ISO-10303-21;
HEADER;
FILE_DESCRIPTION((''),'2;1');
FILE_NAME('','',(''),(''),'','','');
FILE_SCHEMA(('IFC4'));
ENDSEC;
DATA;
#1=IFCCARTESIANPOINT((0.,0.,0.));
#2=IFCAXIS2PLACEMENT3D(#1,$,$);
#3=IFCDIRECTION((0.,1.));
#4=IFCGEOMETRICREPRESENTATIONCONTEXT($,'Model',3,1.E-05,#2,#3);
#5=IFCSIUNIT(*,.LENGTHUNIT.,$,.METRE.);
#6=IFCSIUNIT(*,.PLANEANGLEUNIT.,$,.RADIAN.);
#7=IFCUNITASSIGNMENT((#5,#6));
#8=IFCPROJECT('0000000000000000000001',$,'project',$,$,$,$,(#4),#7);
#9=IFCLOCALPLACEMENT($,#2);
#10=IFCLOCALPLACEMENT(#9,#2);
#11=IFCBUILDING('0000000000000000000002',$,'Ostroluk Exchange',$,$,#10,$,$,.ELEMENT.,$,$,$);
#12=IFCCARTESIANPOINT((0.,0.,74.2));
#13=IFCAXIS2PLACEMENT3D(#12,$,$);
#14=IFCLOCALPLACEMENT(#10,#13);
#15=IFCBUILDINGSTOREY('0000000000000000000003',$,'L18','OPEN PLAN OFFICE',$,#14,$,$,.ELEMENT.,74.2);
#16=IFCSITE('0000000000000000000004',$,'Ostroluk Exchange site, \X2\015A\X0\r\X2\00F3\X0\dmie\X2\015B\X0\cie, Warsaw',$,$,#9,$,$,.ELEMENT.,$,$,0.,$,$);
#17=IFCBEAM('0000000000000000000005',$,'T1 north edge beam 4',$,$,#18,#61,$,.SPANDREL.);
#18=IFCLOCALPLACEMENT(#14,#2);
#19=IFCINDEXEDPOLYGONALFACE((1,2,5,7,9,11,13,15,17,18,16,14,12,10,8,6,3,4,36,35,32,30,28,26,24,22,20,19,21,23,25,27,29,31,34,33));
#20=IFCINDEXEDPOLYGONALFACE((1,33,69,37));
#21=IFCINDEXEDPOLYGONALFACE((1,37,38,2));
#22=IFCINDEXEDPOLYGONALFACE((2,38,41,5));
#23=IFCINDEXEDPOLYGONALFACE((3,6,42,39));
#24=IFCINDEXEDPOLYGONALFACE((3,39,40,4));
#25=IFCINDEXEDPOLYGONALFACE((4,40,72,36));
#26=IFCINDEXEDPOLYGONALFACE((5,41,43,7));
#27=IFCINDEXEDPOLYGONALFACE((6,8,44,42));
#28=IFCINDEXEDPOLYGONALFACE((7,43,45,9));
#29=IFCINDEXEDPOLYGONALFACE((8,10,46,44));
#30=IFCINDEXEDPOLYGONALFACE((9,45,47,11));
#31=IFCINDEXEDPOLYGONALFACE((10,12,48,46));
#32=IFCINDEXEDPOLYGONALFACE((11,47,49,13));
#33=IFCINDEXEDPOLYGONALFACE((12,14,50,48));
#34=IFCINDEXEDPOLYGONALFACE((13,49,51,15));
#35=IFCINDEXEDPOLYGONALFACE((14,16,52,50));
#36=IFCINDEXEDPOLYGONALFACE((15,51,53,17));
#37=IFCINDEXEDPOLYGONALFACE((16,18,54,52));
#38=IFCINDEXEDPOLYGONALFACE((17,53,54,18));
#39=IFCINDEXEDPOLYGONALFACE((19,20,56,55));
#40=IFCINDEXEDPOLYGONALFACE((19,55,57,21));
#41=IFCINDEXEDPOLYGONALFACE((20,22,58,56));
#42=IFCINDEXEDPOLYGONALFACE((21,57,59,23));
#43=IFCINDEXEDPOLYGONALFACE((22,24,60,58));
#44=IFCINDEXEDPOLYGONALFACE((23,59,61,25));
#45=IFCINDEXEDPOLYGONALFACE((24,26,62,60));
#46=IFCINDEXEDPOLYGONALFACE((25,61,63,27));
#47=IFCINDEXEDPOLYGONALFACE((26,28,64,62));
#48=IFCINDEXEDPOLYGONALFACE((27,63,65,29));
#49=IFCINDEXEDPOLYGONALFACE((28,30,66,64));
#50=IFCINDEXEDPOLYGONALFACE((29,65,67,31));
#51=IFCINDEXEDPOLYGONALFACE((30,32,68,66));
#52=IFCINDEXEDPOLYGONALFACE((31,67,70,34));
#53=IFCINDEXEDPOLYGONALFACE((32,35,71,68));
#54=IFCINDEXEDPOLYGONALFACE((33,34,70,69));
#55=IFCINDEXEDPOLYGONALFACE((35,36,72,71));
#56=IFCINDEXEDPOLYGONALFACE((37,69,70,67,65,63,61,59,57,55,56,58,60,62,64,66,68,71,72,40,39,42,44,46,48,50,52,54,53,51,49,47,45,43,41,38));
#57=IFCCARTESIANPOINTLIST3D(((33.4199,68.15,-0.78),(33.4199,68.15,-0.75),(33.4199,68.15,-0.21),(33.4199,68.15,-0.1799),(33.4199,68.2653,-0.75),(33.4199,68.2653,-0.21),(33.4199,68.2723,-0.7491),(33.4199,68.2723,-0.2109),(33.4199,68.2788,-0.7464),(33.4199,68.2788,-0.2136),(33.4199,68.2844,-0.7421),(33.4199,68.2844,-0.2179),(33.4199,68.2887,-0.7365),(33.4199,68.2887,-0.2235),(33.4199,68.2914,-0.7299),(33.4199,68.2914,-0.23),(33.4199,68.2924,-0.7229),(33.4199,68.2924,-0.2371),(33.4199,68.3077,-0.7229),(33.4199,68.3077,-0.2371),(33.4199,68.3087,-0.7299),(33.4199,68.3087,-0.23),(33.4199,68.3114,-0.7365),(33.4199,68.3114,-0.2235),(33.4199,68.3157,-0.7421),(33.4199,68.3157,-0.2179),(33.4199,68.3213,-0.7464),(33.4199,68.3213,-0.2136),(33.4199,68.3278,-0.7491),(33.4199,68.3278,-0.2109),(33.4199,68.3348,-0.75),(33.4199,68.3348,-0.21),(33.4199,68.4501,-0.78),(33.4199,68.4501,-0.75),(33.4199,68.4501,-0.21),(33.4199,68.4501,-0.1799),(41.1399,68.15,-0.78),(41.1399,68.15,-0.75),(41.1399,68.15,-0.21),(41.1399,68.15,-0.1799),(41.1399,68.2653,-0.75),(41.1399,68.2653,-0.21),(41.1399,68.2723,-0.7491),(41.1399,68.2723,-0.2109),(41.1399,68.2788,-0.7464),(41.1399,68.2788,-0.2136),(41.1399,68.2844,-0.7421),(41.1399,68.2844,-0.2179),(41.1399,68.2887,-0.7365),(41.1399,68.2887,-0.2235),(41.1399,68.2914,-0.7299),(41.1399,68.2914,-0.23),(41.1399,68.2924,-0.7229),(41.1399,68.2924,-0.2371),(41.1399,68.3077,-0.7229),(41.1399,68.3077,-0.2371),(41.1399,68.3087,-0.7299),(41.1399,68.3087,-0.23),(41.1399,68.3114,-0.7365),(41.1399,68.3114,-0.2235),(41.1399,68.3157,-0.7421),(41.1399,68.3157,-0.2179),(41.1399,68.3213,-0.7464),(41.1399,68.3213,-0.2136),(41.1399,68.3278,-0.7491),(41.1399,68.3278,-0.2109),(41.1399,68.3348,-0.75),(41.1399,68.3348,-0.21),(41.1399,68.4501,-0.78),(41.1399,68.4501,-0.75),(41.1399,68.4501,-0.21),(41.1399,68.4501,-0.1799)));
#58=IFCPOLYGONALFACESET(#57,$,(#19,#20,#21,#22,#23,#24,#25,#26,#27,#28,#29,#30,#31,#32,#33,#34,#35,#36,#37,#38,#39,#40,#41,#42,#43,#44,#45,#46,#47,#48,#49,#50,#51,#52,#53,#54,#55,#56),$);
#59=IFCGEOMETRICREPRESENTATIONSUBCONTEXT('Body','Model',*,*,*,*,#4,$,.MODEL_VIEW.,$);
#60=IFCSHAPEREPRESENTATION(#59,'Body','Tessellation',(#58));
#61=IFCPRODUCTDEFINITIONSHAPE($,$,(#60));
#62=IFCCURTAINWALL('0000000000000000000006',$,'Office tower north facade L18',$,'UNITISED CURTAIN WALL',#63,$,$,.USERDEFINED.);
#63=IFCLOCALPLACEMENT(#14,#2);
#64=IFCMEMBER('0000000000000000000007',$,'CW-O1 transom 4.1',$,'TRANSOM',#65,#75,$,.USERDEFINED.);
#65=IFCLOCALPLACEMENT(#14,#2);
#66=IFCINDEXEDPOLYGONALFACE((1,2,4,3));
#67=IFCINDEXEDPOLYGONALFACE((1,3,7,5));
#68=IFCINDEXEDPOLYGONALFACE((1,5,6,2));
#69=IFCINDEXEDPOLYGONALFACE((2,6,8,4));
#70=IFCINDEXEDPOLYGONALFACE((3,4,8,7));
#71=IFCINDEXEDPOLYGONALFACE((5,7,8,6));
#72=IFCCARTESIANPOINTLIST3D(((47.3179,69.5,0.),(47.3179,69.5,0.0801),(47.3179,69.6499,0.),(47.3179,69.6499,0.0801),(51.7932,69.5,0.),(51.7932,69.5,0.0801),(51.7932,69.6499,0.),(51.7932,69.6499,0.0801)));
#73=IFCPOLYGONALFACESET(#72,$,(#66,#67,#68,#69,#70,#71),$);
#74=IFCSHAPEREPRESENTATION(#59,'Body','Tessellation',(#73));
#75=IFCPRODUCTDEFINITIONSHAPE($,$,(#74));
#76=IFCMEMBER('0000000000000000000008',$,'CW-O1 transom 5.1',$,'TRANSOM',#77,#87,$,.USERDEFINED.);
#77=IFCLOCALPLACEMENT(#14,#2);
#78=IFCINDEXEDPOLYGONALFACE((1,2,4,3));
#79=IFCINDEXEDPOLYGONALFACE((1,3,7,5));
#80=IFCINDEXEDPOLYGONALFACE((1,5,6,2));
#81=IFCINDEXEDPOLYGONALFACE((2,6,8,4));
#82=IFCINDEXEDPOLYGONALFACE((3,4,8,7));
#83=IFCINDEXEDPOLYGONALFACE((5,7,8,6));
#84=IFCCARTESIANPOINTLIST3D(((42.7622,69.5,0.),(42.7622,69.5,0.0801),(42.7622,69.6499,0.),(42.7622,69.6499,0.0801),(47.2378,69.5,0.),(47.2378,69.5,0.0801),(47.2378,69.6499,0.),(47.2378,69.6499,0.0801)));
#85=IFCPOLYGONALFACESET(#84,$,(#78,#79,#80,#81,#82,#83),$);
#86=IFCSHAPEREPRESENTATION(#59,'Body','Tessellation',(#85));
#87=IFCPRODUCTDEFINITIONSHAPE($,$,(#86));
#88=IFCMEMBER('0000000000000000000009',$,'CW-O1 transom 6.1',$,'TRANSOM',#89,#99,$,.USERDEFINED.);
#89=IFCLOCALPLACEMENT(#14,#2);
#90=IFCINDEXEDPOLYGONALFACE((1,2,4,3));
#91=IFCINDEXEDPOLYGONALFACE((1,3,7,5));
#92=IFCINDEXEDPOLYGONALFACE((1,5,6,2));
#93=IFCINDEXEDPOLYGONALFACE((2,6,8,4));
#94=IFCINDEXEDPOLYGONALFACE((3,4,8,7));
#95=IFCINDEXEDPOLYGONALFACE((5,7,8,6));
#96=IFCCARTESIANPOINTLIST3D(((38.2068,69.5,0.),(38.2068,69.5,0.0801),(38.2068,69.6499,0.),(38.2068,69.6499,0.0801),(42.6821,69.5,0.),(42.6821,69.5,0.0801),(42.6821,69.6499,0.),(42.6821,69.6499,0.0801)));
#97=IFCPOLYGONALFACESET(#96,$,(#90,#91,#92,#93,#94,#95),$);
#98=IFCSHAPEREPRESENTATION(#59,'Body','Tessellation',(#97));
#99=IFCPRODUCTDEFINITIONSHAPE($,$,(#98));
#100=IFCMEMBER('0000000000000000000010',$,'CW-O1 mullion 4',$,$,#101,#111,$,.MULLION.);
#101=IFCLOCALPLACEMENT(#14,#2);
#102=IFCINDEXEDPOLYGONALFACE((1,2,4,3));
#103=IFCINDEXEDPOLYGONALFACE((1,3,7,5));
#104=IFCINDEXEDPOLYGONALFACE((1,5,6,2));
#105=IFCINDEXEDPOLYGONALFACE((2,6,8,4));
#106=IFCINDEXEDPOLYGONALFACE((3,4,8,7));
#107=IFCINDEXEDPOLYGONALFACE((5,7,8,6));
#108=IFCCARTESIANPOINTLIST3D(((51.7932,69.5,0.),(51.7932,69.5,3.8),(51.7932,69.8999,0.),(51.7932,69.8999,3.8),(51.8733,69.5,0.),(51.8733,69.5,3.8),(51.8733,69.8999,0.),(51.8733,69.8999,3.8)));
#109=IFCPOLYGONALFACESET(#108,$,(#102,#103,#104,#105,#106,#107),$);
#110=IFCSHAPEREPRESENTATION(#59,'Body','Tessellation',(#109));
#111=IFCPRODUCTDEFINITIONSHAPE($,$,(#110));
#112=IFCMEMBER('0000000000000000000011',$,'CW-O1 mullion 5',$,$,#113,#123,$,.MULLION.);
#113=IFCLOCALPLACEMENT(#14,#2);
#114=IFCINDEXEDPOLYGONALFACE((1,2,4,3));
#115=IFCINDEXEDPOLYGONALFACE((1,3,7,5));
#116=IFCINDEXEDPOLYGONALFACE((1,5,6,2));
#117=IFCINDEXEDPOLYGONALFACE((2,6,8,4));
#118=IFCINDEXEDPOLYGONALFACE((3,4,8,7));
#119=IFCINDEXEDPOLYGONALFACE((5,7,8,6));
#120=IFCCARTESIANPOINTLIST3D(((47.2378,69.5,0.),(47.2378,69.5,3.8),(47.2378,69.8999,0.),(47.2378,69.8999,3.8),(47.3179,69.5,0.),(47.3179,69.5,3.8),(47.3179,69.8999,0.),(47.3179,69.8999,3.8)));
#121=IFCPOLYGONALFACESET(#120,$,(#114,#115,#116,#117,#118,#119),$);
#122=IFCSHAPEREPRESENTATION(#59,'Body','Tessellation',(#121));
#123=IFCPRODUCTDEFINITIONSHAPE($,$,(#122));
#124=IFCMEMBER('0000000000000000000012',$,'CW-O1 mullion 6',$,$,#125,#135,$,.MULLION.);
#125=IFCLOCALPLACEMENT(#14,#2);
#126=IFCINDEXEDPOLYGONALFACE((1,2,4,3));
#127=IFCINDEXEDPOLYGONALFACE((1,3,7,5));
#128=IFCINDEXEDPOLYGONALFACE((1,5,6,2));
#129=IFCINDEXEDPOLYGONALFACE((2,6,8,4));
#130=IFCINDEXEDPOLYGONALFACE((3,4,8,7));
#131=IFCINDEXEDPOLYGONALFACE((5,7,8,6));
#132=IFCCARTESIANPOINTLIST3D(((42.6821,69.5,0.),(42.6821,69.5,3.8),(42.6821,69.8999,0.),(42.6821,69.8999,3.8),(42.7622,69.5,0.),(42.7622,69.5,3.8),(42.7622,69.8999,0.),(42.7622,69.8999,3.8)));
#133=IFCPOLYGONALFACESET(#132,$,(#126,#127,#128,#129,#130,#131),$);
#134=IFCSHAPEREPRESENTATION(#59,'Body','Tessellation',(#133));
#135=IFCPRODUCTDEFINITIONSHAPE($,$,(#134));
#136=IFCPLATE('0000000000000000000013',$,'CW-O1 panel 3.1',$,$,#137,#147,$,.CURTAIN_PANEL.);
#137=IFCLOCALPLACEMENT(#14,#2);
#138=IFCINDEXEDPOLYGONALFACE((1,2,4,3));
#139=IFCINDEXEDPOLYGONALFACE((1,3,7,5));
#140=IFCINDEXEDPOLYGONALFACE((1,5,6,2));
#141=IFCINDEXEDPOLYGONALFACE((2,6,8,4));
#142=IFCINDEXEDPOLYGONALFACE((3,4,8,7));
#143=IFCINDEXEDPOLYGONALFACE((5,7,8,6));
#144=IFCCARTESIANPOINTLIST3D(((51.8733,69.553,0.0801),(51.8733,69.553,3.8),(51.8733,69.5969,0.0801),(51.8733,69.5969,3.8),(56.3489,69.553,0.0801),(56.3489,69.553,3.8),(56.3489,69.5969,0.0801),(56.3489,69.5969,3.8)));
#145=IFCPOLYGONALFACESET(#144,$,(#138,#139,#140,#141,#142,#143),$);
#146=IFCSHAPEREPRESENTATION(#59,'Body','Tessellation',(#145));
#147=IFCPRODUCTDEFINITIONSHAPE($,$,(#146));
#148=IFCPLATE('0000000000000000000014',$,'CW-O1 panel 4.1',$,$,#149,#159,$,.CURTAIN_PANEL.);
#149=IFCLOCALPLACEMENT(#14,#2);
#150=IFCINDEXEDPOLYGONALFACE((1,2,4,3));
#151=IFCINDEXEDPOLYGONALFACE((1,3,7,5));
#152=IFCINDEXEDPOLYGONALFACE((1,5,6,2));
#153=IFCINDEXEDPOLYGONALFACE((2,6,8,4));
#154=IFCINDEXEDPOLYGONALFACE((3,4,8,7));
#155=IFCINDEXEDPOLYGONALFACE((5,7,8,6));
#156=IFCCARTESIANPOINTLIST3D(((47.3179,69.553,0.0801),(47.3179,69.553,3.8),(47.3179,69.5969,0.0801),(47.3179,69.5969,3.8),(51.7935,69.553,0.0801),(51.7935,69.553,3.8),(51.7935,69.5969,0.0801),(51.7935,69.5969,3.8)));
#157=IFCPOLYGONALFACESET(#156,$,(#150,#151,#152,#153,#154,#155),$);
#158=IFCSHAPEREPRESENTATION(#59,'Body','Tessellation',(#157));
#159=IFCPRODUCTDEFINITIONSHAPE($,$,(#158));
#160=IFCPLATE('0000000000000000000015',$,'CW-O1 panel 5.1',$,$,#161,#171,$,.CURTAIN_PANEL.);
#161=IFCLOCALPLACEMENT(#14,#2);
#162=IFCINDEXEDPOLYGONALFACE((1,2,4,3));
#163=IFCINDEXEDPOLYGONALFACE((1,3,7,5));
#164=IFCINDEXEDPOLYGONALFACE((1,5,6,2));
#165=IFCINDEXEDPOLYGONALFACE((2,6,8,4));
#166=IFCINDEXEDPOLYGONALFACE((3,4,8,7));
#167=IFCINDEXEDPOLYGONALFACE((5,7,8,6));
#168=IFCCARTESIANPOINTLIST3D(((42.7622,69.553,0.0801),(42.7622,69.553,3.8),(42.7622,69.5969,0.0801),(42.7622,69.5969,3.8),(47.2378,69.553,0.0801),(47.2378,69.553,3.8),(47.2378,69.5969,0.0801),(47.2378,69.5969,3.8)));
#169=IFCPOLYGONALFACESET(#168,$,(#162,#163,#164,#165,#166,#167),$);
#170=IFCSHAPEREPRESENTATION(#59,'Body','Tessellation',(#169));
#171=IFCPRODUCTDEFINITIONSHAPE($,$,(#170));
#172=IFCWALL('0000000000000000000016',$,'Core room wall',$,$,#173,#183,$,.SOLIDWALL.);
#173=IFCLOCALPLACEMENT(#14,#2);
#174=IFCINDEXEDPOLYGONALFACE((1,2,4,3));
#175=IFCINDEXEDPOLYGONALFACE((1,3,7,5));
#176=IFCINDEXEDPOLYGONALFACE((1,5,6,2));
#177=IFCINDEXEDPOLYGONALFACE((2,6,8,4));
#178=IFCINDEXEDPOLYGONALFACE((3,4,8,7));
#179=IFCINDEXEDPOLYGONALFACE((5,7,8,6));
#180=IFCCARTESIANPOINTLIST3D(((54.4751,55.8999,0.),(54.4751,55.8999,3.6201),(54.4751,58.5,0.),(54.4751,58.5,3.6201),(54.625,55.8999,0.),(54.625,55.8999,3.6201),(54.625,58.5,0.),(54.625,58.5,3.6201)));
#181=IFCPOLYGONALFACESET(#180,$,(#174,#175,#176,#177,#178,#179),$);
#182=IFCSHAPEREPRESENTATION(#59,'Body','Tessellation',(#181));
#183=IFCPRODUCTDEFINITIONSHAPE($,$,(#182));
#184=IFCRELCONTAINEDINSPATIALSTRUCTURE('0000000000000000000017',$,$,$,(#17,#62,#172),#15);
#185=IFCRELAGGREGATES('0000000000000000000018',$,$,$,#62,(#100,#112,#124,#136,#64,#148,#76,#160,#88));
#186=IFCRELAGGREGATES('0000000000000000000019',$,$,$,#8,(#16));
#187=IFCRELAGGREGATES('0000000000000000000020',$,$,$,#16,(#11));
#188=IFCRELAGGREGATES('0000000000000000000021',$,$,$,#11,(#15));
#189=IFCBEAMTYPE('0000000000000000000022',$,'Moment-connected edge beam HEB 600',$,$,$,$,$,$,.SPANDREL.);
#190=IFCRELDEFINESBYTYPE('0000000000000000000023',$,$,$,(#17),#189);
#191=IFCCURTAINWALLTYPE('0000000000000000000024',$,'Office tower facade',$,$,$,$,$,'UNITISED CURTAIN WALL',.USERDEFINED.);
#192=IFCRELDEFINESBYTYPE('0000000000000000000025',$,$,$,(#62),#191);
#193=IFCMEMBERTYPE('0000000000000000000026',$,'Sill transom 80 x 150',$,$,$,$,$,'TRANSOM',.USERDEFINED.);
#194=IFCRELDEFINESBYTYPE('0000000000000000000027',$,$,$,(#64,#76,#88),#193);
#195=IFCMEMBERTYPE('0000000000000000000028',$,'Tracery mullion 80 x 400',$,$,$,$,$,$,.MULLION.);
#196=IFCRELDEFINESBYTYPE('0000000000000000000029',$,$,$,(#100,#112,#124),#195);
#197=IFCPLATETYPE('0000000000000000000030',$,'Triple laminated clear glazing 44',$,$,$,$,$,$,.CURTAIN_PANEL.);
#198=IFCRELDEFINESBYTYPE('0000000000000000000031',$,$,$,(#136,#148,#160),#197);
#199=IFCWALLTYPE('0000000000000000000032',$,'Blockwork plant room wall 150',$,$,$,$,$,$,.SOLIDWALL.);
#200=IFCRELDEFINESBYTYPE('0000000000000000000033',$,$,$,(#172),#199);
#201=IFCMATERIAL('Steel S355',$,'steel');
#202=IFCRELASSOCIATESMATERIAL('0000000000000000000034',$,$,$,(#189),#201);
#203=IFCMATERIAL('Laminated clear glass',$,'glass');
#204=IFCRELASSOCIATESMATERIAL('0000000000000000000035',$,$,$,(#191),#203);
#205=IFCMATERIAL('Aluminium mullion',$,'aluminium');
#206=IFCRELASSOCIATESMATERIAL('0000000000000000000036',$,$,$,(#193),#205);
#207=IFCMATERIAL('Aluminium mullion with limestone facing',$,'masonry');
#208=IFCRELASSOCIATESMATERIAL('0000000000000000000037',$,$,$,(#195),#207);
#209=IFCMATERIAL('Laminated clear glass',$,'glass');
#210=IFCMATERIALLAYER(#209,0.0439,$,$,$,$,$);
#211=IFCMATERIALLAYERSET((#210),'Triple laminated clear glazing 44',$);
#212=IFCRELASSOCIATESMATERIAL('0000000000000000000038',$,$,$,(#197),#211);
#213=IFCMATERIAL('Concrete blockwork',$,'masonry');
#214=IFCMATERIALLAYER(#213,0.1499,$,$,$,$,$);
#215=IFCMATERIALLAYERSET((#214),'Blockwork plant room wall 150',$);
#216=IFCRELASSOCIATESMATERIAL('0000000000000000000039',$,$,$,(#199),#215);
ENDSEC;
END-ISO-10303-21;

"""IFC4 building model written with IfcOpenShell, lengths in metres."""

from ifc_helpers import new_model, si_unit, direction, frame, frame_2d, origin, origin_2d, place, context, subcontext, project, spatial, rectangle, i_section, extrude, material, layer, layer_set, material_profile, profile_set, type_object, element, aggregate, save


model = new_model("IFC4")

# Units and contexts
model_context = context("Model", 3, precision=1e-05, world=origin(), true_north=direction((0.0, 1.0)))
body_context = subcontext(model_context, "Body", "Model", "MODEL_VIEW")
ifc_project = project(units=[si_unit("LENGTHUNIT", "METRE"), si_unit("PLANEANGLEUNIT", "RADIAN")], contexts=[model_context])

# Site, building, storey
site_placement = place(None, origin())
site = spatial("IfcSite", under=ifc_project, at=site_placement, Name="Ostroluk Exchange site, Śródmieście, Warsaw", CompositionType="ELEMENT", RefElevation=0.0)
building_placement = place(site_placement, origin())
building = spatial("IfcBuilding", under=site, at=building_placement, Name="Ostroluk Exchange", CompositionType="ELEMENT")
storey_placement = place(building_placement, frame((0.0, 0.0, 74.2)))
storey = spatial("IfcBuildingStorey", under=building, at=storey_placement, Name="L18", Description="OPEN PLAN OFFICE", CompositionType="ELEMENT", Elevation=74.2)

# Beam
ifc_material_1 = material(Name="Steel S355", Category="steel")
ifc_material_profile_1 = material_profile(ifc_material_1, i_section(OverallWidth=0.3, OverallDepth=0.6001, WebThickness=0.0154, FlangeThickness=0.03, FilletRadius=0.0271, at=origin_2d()), Name="HEB 600")
ifc_profile_set_1 = profile_set([ifc_material_profile_1], Name="Steel S355")
beam_type_1 = type_object("IfcBeamType", Name="Moment-connected edge beam HEB 600", PredefinedType="SPANDREL", material=ifc_profile_set_1)
beam_1_placement = place(storey_placement, frame((41.1399, 68.3, -0.48), z_axis=(-1.0, 0.0, 0.0), x_axis=(0.0, -1.0, 0.0)))
element("IfcBeam", 1, at=beam_1_placement, inside=storey, type_object=beam_type_1, Name="T1 north edge beam 4", PredefinedType="SPANDREL", context=body_context, shape_type="SweptSolid", body=[
    extrude(i_section(OverallWidth=0.3, OverallDepth=0.6001, WebThickness=0.0154, FlangeThickness=0.03, FilletRadius=0.0271, at=origin_2d()), origin(), (0.0, 0.0, 1.0), 7.72),
])

# Curtain wall, members, plates
ifc_material_2 = material(Name="Laminated clear glass", Category="glass")
curtain_wall_type = type_object("IfcCurtainWallType", Name="Office tower facade", ElementType="UNITISED CURTAIN WALL", PredefinedType="USERDEFINED", material=ifc_material_2)
curtain_wall_placement = place(storey_placement, origin())
curtain_wall = element("IfcCurtainWall", 2, at=curtain_wall_placement, inside=storey, type_object=curtain_wall_type, Name="Office tower north facade L18", ObjectType="UNITISED CURTAIN WALL", PredefinedType="USERDEFINED")
ifc_material_3 = material(Name="Aluminium mullion", Category="aluminium")
ifc_material_profile_2 = material_profile(ifc_material_3, rectangle(XDim=0.1499, YDim=0.0801, at=origin_2d()), Name="Sill transom 80 x 150")
ifc_profile_set_2 = profile_set([ifc_material_profile_2], Name="Aluminium mullion")
member_type_1 = type_object("IfcMemberType", Name="Sill transom 80 x 150", ElementType="TRANSOM", PredefinedType="USERDEFINED", material=ifc_profile_set_2)
member_1_placement = place(storey_placement, frame((51.7932, 69.575, 0.04), z_axis=(-1.0, 0.0, 0.0), x_axis=(0.0, -1.0, 0.0)))
member_1 = element("IfcMember", 3, at=member_1_placement, type_object=member_type_1, Name="CW-O1 transom 4.1", ObjectType="TRANSOM", PredefinedType="USERDEFINED", context=body_context, shape_type="SweptSolid", body=[
    extrude(rectangle(XDim=0.1499, YDim=0.0801, at=origin_2d()), origin(), (0.0, 0.0, 1.0), 4.4753),
])
member_2_placement = place(storey_placement, frame((47.2378, 69.575, 0.04), z_axis=(-1.0, 0.0, 0.0), x_axis=(0.0, -1.0, 0.0)))
member_2 = element("IfcMember", 4, at=member_2_placement, type_object=member_type_1, Name="CW-O1 transom 5.1", ObjectType="TRANSOM", PredefinedType="USERDEFINED", context=body_context, shape_type="SweptSolid", body=[
    extrude(rectangle(XDim=0.1499, YDim=0.0801, at=origin_2d()), origin(), (0.0, 0.0, 1.0), 4.4756),
])
member_3_placement = place(storey_placement, frame((42.6821, 69.575, 0.04), z_axis=(-1.0, 0.0, 0.0), x_axis=(0.0, -1.0, 0.0)))
member_3 = element("IfcMember", 5, at=member_3_placement, type_object=member_type_1, Name="CW-O1 transom 6.1", ObjectType="TRANSOM", PredefinedType="USERDEFINED", context=body_context, shape_type="SweptSolid", body=[
    extrude(rectangle(XDim=0.1499, YDim=0.0801, at=origin_2d()), origin(), (0.0, 0.0, 1.0), 4.4753),
])
ifc_material_4 = material(Name="Aluminium mullion with limestone facing", Category="masonry")
ifc_material_profile_3 = material_profile(ifc_material_4, rectangle(XDim=0.3999, YDim=0.0801, at=origin_2d()), Name="Tracery mullion 80 x 400")
ifc_profile_set_3 = profile_set([ifc_material_profile_3], Name="Aluminium mullion with limestone facing")
member_type_2 = type_object("IfcMemberType", Name="Tracery mullion 80 x 400", PredefinedType="MULLION", material=ifc_profile_set_3)
member_4_placement = place(storey_placement, frame((51.8333, 69.7, 0.0), z_axis=(0.0, 0.0, 1.0), x_axis=(0.0, -1.0, 0.0)))
member_4 = element("IfcMember", 6, at=member_4_placement, type_object=member_type_2, Name="CW-O1 mullion 4", PredefinedType="MULLION", context=body_context, shape_type="SweptSolid", body=[
    extrude(rectangle(XDim=0.3999, YDim=0.0801, at=origin_2d()), origin(), (0.0, 0.0, 1.0), 3.8),
])
member_5_placement = place(storey_placement, frame((47.2778, 69.7, 0.0), z_axis=(0.0, 0.0, 1.0), x_axis=(0.0, -1.0, 0.0)))
member_5 = element("IfcMember", 7, at=member_5_placement, type_object=member_type_2, Name="CW-O1 mullion 5", PredefinedType="MULLION", context=body_context, shape_type="SweptSolid", body=[
    extrude(rectangle(XDim=0.3999, YDim=0.0801, at=origin_2d()), origin(), (0.0, 0.0, 1.0), 3.8),
])
member_6_placement = place(storey_placement, frame((42.7222, 69.7, 0.0), z_axis=(0.0, 0.0, 1.0), x_axis=(0.0, -1.0, 0.0)))
member_6 = element("IfcMember", 8, at=member_6_placement, type_object=member_type_2, Name="CW-O1 mullion 6", PredefinedType="MULLION", context=body_context, shape_type="SweptSolid", body=[
    extrude(rectangle(XDim=0.3999, YDim=0.0801, at=origin_2d()), origin(), (0.0, 0.0, 1.0), 3.8),
])
ifc_material_5 = material(Name="Laminated clear glass", Category="glass")
ifc_layer_1 = layer(ifc_material_5, 0.0439)
ifc_layer_set_1 = layer_set([ifc_layer_1], Name="Triple laminated clear glazing 44")
plate_type = type_object("IfcPlateType", Name="Triple laminated clear glazing 44", PredefinedType="CURTAIN_PANEL", material=ifc_layer_set_1)
plate_1_placement = place(storey_placement, frame((54.1111, 69.575, 0.0801), z_axis=(0.0, 0.0, 1.0), x_axis=(-1.0, 0.0, 0.0)))
plate_1 = element("IfcPlate", 9, at=plate_1_placement, type_object=plate_type, Name="CW-O1 panel 3.1", PredefinedType="CURTAIN_PANEL", context=body_context, shape_type="SweptSolid", body=[
    extrude(rectangle(XDim=4.4756, YDim=0.0439, at=origin_2d()), origin(), (0.0, 0.0, 1.0), 3.72),
])
plate_2_placement = place(storey_placement, frame((49.5557, 69.575, 0.0801), z_axis=(0.0, 0.0, 1.0), x_axis=(-1.0, 0.0, 0.0)))
plate_2 = element("IfcPlate", 10, at=plate_2_placement, type_object=plate_type, Name="CW-O1 panel 4.1", PredefinedType="CURTAIN_PANEL", context=body_context, shape_type="SweptSolid", body=[
    extrude(rectangle(XDim=4.4756, YDim=0.0439, at=origin_2d()), origin(), (0.0, 0.0, 1.0), 3.72),
])
plate_3_placement = place(storey_placement, frame((45.0, 69.575, 0.0801), z_axis=(0.0, 0.0, 1.0), x_axis=(-1.0, 0.0, 0.0)))
plate_3 = element("IfcPlate", 11, at=plate_3_placement, type_object=plate_type, Name="CW-O1 panel 5.1", PredefinedType="CURTAIN_PANEL", context=body_context, shape_type="SweptSolid", body=[
    extrude(rectangle(XDim=4.4756, YDim=0.0439, at=origin_2d()), origin(), (0.0, 0.0, 1.0), 3.72),
])
aggregate(curtain_wall, [member_4, member_5, member_6, plate_1, member_1, plate_2, member_2, plate_3, member_3])

# Wall
ifc_material_6 = material(Name="Concrete blockwork", Category="masonry")
ifc_layer_2 = layer(ifc_material_6, 0.1499)
ifc_layer_set_2 = layer_set([ifc_layer_2], Name="Blockwork plant room wall 150")
wall_type_1 = type_object("IfcWallType", Name="Blockwork plant room wall 150", PredefinedType="SOLIDWALL", material=ifc_layer_set_2)
wall_placement = place(storey_placement, frame((54.55, 55.8999, 0.0), z_axis=(0.0, 0.0, 1.0), x_axis=(0.0, 1.0, 0.0)))
element("IfcWall", 12, at=wall_placement, inside=storey, type_object=wall_type_1, Name="Core room wall", PredefinedType="SOLIDWALL", context=body_context, shape_type="SweptSolid", body=[
    extrude(rectangle(XDim=2.6001, YDim=0.1499, at=frame_2d((1.3, 0.0))), origin(), (0.0, 0.0, 1.0), 3.6201),
])

save(model, "model.ifc")
